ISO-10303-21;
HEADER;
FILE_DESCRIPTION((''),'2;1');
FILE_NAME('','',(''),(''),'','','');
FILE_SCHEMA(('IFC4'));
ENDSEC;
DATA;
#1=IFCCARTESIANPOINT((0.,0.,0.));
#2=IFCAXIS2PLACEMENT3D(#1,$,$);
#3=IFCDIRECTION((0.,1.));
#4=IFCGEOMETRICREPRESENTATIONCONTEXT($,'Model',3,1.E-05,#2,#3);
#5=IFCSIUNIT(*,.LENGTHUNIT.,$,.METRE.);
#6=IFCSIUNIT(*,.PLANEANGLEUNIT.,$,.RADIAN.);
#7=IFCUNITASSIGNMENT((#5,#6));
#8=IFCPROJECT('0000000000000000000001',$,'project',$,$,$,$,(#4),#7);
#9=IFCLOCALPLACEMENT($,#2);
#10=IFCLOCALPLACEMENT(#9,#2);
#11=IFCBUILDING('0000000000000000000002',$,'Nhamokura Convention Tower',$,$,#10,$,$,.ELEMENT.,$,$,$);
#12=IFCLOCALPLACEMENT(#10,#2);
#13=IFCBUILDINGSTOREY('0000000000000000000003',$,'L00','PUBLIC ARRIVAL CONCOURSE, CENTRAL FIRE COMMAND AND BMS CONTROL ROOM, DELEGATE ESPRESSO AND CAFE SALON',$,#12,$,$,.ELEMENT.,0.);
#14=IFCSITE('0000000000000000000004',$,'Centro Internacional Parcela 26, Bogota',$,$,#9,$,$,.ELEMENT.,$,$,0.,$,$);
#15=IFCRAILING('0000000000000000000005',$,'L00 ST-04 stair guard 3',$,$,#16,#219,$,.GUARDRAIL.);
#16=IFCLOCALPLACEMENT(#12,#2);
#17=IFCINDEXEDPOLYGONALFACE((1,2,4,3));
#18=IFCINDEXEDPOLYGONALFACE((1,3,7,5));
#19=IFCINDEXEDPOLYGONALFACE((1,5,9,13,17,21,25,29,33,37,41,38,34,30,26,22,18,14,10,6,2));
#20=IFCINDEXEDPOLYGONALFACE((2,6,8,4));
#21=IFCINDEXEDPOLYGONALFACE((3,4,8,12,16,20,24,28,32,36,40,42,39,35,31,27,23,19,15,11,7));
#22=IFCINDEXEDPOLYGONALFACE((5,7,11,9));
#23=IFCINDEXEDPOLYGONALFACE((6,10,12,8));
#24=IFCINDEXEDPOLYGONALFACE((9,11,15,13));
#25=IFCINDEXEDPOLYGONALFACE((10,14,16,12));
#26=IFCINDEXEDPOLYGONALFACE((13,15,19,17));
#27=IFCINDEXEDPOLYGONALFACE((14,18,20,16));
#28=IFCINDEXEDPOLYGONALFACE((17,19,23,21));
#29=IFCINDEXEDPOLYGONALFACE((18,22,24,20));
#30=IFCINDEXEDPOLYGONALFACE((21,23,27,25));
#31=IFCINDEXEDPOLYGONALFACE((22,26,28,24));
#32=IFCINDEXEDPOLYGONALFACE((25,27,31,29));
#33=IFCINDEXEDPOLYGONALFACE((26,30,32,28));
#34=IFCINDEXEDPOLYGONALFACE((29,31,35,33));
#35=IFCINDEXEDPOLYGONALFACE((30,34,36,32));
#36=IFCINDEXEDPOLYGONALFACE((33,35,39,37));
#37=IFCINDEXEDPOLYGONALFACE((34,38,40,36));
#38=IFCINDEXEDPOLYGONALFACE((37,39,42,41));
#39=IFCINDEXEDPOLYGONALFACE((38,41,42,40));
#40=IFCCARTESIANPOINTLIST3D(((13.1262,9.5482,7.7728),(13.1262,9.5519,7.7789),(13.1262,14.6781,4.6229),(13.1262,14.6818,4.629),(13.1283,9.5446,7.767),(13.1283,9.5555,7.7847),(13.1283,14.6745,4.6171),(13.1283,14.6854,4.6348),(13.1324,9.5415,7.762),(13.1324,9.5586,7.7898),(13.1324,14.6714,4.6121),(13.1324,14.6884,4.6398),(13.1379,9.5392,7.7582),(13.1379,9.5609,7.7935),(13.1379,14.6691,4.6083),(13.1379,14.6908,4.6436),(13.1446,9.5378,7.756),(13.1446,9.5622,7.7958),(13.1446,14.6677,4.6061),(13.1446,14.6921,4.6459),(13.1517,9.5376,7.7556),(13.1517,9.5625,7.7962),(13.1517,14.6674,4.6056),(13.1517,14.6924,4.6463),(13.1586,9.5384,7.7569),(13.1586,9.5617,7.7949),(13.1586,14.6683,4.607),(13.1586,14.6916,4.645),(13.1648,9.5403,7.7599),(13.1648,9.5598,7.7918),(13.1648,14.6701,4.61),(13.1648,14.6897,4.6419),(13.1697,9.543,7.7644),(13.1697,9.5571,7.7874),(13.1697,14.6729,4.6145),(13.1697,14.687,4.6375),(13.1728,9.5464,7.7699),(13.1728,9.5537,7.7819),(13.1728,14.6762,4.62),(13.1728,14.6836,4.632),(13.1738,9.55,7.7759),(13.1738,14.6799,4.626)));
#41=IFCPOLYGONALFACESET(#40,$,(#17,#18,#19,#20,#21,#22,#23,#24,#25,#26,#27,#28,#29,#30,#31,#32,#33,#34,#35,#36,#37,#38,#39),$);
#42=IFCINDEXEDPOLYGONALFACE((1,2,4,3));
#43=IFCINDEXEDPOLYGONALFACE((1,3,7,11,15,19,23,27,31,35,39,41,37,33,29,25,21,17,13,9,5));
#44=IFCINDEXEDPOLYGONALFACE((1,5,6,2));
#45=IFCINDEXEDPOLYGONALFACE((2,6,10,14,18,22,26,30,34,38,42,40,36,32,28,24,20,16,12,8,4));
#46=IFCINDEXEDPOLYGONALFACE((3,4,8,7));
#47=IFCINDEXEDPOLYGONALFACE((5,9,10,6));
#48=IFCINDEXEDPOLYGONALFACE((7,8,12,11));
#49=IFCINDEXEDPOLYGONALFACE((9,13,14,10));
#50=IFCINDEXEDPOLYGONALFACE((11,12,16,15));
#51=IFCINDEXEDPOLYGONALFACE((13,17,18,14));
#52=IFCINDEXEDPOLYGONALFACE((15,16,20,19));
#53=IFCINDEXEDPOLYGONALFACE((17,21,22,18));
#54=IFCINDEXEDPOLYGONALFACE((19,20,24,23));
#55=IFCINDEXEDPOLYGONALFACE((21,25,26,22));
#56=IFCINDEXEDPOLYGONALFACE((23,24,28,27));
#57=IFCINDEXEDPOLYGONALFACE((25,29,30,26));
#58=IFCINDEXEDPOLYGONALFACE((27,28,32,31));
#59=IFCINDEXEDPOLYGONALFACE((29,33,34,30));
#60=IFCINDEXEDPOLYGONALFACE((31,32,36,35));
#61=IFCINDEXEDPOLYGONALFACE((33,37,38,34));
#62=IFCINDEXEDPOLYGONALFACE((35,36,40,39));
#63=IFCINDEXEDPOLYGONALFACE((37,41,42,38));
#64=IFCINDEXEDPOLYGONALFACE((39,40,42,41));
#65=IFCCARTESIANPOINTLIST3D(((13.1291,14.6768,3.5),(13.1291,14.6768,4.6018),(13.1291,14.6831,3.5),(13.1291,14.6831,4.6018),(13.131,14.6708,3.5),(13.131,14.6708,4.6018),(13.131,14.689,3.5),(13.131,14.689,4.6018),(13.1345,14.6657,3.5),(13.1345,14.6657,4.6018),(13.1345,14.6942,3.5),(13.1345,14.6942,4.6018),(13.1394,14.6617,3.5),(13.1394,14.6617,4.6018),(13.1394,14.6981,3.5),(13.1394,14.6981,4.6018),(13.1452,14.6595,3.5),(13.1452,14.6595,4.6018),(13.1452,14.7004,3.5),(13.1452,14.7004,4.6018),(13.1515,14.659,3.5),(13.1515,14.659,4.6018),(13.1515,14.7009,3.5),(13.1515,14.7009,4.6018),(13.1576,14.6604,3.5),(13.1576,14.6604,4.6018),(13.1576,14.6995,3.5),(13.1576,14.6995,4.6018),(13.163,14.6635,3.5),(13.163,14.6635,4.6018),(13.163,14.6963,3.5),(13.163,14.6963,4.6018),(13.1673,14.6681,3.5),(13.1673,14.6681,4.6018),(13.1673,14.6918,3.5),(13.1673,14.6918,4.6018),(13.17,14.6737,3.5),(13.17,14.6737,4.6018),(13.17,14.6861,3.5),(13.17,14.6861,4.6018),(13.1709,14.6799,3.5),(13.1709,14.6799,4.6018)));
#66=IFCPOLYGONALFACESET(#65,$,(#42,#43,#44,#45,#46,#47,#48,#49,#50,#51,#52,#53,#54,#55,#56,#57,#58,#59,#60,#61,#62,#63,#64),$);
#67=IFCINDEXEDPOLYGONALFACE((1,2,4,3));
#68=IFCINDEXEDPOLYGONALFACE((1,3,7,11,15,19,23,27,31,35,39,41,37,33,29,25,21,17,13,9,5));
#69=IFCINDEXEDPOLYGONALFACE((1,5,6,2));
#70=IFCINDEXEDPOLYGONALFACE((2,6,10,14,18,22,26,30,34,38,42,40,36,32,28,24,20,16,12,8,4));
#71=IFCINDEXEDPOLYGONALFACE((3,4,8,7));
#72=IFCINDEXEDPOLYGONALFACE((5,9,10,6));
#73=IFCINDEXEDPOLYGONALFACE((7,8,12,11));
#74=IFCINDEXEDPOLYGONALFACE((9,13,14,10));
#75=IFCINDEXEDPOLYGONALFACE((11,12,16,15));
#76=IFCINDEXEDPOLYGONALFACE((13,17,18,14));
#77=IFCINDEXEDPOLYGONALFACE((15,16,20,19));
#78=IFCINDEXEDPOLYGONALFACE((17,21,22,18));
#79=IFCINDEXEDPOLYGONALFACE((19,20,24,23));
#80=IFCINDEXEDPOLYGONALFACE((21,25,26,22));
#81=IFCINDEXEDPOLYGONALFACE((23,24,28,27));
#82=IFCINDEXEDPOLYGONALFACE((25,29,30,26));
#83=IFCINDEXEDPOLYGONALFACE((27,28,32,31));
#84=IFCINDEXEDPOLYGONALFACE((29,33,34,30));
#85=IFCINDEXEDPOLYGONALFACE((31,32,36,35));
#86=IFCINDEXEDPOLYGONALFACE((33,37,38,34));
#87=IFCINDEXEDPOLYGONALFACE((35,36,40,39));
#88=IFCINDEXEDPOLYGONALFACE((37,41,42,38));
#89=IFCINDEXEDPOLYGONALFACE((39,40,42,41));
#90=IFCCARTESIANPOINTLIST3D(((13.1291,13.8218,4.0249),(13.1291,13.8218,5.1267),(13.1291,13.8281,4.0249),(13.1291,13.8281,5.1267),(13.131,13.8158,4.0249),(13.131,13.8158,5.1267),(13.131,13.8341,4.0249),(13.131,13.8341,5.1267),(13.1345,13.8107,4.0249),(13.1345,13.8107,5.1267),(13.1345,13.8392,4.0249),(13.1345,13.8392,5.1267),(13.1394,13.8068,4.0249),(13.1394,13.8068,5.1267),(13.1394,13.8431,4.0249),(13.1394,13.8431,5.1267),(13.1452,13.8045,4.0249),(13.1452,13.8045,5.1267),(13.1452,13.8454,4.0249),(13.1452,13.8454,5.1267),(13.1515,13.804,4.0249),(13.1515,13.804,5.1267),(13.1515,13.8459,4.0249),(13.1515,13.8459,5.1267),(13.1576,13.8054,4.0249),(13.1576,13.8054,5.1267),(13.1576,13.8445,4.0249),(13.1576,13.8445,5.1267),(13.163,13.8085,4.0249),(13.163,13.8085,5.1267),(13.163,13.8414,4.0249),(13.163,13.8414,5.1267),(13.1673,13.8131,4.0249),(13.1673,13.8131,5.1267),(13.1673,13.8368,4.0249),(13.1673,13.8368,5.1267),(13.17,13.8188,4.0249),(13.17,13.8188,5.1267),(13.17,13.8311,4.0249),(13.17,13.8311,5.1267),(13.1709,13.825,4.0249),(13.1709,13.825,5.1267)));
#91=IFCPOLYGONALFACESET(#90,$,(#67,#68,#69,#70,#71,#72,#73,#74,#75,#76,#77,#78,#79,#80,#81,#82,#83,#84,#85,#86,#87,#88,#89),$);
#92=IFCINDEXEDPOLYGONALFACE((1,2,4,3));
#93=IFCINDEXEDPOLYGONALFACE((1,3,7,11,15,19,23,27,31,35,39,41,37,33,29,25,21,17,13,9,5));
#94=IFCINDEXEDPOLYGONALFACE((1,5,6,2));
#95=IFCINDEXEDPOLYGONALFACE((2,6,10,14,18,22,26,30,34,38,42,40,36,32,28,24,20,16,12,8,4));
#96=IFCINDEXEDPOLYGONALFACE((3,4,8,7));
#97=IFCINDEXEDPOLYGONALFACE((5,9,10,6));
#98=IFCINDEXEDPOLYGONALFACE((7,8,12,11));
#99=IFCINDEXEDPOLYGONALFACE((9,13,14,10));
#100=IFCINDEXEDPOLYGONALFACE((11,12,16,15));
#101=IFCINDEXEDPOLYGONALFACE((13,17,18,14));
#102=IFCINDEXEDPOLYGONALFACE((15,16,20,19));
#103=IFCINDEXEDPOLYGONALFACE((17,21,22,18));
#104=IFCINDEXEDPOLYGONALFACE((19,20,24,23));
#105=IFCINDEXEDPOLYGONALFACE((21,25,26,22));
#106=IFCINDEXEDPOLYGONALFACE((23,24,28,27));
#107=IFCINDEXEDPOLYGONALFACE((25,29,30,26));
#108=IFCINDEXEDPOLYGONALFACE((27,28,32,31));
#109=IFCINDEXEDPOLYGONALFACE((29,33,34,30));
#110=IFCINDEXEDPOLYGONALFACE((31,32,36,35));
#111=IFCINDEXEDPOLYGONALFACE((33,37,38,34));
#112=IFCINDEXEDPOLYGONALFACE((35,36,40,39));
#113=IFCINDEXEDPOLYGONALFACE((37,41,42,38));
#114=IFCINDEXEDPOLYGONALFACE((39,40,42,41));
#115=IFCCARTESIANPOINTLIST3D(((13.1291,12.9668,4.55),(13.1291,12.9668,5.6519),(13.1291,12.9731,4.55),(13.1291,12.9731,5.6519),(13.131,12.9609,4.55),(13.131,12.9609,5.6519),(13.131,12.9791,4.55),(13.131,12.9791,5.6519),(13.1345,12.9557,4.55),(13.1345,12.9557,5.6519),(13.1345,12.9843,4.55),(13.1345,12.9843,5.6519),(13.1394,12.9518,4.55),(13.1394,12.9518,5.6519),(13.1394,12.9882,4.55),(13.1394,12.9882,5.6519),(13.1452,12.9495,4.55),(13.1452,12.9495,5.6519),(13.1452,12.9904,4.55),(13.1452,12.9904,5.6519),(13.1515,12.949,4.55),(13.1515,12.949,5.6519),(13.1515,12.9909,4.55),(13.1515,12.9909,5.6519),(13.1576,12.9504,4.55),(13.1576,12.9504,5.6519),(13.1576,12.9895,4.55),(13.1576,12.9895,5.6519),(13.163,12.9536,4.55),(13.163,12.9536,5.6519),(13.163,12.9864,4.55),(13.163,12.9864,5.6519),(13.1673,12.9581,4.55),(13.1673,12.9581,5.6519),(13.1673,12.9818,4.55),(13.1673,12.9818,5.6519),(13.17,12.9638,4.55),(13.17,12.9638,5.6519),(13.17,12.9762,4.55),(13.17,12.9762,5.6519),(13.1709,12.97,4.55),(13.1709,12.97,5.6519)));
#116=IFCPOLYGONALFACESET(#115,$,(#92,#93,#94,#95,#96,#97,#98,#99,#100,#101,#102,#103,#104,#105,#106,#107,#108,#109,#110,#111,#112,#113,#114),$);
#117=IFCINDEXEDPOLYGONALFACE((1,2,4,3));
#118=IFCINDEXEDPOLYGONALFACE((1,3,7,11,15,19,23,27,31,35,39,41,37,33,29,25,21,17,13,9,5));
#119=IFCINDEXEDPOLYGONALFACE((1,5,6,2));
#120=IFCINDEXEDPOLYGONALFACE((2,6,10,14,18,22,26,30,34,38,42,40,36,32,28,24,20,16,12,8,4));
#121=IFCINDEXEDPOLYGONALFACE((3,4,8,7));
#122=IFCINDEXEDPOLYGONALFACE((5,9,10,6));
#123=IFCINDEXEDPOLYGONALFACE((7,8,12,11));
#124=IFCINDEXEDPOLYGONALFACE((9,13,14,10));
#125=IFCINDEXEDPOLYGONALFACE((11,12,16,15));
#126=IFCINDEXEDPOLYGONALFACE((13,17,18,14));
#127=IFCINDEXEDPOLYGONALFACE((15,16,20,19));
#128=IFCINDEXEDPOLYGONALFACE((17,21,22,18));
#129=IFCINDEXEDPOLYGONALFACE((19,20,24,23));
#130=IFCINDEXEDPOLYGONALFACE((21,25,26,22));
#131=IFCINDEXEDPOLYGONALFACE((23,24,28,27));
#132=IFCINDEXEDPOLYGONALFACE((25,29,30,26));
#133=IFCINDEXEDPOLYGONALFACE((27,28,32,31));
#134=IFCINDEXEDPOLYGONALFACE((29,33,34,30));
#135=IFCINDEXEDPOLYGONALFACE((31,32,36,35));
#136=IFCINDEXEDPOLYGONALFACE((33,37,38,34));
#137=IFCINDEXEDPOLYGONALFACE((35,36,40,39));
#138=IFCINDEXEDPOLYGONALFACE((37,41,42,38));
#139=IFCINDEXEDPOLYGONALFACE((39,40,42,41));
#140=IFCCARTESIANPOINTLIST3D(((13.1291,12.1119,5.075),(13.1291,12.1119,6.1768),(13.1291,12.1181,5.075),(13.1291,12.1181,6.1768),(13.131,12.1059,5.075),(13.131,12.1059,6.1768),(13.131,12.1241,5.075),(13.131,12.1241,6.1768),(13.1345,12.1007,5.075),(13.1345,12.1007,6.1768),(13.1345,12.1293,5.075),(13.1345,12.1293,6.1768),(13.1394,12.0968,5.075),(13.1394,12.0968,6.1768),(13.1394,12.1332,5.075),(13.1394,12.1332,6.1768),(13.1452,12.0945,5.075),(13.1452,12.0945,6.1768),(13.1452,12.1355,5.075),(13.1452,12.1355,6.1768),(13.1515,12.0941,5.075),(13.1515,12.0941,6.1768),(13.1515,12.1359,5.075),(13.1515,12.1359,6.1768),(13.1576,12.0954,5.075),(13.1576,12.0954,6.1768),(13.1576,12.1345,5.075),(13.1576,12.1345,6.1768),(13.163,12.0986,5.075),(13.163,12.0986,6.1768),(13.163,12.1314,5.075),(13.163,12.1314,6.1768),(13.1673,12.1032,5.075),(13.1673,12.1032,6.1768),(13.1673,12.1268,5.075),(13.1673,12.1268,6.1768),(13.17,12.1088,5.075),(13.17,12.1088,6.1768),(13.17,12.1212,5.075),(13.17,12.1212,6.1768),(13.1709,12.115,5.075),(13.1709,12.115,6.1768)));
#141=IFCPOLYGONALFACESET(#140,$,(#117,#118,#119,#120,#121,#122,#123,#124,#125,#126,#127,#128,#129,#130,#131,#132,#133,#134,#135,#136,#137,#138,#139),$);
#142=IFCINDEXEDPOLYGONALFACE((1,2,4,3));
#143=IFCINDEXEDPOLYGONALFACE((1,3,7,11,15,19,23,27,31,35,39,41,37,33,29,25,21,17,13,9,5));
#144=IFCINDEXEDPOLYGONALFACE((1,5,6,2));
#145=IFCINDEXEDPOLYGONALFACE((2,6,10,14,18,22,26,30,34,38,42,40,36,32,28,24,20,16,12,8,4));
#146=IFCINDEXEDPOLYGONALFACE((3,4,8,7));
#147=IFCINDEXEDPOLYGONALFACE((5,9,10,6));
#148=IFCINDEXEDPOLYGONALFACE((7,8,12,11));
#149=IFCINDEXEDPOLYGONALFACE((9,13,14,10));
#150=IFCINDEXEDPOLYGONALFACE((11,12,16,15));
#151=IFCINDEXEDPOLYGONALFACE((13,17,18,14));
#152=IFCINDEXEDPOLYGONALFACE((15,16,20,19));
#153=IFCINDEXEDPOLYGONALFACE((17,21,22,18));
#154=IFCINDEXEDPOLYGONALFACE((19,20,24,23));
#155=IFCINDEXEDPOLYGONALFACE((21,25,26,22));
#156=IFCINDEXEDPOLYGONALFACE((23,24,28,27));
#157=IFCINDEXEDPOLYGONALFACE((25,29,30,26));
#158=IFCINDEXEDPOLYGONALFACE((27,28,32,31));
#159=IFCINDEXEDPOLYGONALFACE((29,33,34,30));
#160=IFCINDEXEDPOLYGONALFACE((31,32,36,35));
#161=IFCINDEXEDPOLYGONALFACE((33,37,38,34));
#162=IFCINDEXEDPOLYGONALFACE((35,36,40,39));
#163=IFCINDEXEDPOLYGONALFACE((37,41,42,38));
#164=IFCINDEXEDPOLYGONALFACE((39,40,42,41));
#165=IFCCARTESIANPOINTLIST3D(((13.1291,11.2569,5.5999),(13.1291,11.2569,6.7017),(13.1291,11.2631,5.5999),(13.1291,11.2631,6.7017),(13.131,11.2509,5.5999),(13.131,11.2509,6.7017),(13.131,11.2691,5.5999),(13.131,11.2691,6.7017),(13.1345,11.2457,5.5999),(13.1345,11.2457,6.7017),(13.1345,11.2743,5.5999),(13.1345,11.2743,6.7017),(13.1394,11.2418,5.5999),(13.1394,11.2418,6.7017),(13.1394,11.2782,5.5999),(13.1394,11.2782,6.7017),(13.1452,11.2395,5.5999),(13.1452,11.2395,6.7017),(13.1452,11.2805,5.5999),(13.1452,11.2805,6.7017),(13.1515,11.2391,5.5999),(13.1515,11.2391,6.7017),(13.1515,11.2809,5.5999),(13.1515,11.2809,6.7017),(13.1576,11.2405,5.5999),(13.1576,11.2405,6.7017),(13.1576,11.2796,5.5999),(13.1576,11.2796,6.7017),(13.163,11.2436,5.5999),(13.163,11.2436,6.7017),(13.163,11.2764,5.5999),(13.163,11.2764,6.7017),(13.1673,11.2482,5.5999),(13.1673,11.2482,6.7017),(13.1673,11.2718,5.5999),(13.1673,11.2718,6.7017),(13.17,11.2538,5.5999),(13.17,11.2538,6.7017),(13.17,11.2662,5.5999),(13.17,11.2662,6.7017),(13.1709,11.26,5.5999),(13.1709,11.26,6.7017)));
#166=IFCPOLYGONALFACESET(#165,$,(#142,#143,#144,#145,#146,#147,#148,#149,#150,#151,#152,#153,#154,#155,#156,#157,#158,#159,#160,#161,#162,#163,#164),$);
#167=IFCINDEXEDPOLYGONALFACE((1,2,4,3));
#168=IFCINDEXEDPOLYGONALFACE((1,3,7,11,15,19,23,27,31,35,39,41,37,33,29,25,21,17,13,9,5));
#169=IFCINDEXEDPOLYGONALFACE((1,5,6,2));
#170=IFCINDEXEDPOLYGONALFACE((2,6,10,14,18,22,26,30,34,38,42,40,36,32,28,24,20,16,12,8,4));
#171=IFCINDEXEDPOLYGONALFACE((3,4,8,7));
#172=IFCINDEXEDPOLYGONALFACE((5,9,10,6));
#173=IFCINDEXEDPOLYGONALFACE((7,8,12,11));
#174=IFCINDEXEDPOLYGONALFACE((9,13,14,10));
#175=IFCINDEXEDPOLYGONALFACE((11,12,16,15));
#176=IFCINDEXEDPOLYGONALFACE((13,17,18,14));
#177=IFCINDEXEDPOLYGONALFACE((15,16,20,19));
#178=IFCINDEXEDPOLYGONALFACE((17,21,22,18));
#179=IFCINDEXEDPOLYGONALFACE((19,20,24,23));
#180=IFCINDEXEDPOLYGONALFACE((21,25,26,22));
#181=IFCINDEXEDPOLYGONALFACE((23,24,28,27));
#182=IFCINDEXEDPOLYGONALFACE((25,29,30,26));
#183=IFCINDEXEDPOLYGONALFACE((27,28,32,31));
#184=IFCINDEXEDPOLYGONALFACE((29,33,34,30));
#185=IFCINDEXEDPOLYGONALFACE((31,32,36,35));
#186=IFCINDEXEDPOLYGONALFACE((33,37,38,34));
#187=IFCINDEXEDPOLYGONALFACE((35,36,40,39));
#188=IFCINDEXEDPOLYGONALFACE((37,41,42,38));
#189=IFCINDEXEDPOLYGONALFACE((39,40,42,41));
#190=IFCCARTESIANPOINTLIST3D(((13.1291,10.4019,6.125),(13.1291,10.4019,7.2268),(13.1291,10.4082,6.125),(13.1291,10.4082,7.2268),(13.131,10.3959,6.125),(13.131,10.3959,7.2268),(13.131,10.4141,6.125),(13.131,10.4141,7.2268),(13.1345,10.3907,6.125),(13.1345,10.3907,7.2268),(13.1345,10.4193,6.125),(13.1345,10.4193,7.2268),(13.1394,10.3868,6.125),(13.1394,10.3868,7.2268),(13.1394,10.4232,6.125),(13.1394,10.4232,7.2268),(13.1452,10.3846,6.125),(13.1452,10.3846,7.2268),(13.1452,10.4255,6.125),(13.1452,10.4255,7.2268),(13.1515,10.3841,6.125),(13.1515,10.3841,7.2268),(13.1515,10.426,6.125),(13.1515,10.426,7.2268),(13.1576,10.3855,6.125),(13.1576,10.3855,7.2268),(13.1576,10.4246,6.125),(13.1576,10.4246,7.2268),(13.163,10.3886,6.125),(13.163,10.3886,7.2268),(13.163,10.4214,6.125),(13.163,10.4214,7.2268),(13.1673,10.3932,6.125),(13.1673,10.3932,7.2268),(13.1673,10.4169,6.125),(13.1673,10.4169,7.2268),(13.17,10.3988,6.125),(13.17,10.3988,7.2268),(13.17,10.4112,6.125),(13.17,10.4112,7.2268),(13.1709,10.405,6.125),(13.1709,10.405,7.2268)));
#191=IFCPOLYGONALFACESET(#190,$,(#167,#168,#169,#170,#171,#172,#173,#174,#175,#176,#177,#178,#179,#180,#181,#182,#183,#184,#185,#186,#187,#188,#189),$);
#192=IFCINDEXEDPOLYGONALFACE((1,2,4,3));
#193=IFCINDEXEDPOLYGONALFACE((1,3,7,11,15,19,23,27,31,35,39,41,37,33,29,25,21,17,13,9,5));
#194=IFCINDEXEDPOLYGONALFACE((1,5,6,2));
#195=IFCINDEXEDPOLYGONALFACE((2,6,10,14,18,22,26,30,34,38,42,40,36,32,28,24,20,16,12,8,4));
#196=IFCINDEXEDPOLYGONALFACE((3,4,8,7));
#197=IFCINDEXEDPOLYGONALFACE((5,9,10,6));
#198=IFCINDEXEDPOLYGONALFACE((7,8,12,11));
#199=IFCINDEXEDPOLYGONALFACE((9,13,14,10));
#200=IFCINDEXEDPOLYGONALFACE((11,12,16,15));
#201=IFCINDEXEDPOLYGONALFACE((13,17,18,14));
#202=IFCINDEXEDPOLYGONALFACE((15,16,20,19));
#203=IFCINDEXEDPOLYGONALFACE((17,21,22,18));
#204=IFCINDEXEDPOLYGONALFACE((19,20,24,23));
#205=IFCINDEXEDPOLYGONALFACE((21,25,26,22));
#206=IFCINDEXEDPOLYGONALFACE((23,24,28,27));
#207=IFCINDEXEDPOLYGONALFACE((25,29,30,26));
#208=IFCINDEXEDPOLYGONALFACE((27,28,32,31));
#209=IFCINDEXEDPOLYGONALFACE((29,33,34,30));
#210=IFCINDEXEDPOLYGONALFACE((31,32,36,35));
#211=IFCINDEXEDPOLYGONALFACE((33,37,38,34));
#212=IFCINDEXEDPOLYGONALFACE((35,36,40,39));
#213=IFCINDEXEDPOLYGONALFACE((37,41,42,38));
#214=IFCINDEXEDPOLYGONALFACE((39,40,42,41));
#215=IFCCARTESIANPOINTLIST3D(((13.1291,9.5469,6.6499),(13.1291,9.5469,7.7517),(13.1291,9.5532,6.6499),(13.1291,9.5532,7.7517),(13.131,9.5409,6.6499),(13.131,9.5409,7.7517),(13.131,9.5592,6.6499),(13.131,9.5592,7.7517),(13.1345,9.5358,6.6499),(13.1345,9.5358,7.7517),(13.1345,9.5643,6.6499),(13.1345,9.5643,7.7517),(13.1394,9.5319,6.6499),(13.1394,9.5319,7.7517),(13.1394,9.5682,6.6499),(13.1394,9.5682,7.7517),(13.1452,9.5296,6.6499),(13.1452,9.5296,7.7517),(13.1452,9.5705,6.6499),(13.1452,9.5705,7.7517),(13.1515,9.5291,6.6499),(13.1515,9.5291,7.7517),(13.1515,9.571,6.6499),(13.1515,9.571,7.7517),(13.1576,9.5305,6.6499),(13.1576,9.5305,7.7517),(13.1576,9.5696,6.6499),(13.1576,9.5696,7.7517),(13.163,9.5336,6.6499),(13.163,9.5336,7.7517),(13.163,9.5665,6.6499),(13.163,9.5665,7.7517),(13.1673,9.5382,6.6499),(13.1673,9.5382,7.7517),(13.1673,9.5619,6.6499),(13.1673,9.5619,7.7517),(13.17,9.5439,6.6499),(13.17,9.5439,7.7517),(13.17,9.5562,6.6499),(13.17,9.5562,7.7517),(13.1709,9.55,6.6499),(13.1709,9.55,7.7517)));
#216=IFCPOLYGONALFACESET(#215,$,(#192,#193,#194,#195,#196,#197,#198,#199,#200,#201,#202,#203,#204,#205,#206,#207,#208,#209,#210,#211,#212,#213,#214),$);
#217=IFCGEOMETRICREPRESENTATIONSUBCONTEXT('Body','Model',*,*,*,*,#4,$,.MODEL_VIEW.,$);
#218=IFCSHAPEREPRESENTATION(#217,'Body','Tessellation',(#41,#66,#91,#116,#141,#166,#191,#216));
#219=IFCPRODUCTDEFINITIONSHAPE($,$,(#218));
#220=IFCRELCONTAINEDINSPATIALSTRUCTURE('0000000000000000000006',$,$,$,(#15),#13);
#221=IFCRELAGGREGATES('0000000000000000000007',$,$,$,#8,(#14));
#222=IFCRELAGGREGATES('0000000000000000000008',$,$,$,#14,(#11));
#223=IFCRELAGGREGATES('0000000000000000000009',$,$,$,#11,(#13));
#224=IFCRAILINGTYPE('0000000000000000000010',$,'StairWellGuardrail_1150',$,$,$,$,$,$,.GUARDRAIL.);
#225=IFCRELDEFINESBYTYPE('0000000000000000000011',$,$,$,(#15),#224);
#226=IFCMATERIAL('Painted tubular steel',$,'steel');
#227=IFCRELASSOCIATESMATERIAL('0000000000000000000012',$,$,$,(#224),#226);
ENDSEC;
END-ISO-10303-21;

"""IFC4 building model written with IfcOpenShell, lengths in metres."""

from ifc_helpers import new_model, si_unit, direction, frame, origin, origin_2d, place, context, subcontext, project, spatial, circle, extrude, material, type_object, element, save


model = new_model("IFC4")

# Units and contexts
model_context = context("Model", 3, precision=1e-05, world=origin(), true_north=direction((0.0, 1.0)))
body_context = subcontext(model_context, "Body", "Model", "MODEL_VIEW")
ifc_project = project(units=[si_unit("LENGTHUNIT", "METRE"), si_unit("PLANEANGLEUNIT", "RADIAN")], contexts=[model_context])

# Site, building, storey
site_placement = place(None, origin())
site = spatial("IfcSite", under=ifc_project, at=site_placement, Name="Centro Internacional Parcela 26, Bogota", CompositionType="ELEMENT", RefElevation=0.0)
building_placement = place(site_placement, origin())
building = spatial("IfcBuilding", under=site, at=building_placement, Name="Nhamokura Convention Tower", CompositionType="ELEMENT")
storey_placement = place(building_placement, origin())
storey = spatial("IfcBuildingStorey", under=building, at=storey_placement, Name="L00", Description="PUBLIC ARRIVAL CONCOURSE, CENTRAL FIRE COMMAND AND BMS CONTROL ROOM, DELEGATE ESPRESSO AND CAFE SALON", CompositionType="ELEMENT", Elevation=0.0)

# Railing
ifc_material_1 = material(Name="Painted tubular steel", Category="steel")
railing_type_1 = type_object("IfcRailingType", Name="StairWellGuardrail_1150", PredefinedType="GUARDRAIL", material=ifc_material_1)
railing_1_placement = place(storey_placement, frame((13.1499, 14.6799, 3.5)))
element("IfcRailing", 1, at=railing_1_placement, inside=storey, type_object=railing_type_1, Name="L00 ST-04 stair guard 3", PredefinedType="GUARDRAIL", context=body_context, shape_type="SweptSolid", body=[
    extrude(circle(Radius=0.0239, at=origin_2d()), frame((0.0, 0.0, 1.126), z_axis=(0.0, -0.852173, 0.52326), x_axis=(1.0, 0.0, 0.0)), (0.0, 0.0, 1.0), 6.0198),
    extrude(circle(Radius=0.021, at=origin_2d()), origin(), (0.0, 0.0, 1.0), 1.1018),
    extrude(circle(Radius=0.021, at=origin_2d()), frame((0.0, -0.855, 0.5249)), (0.0, 0.0, 1.0), 1.1018),
    extrude(circle(Radius=0.021, at=origin_2d()), frame((0.0, -1.71, 1.05)), (0.0, 0.0, 1.0), 1.1018),
    extrude(circle(Radius=0.021, at=origin_2d()), frame((0.0, -2.5649, 1.575)), (0.0, 0.0, 1.0), 1.1018),
    extrude(circle(Radius=0.021, at=origin_2d()), frame((0.0, -3.4199, 2.0999)), (0.0, 0.0, 1.0), 1.1018),
    extrude(circle(Radius=0.021, at=origin_2d()), frame((0.0, -4.2749, 2.625)), (0.0, 0.0, 1.0), 1.1018),
    extrude(circle(Radius=0.021, at=origin_2d()), frame((0.0, -5.1299, 3.1499)), (0.0, 0.0, 1.0), 1.1018),
])

save(model, "model.ifc")
